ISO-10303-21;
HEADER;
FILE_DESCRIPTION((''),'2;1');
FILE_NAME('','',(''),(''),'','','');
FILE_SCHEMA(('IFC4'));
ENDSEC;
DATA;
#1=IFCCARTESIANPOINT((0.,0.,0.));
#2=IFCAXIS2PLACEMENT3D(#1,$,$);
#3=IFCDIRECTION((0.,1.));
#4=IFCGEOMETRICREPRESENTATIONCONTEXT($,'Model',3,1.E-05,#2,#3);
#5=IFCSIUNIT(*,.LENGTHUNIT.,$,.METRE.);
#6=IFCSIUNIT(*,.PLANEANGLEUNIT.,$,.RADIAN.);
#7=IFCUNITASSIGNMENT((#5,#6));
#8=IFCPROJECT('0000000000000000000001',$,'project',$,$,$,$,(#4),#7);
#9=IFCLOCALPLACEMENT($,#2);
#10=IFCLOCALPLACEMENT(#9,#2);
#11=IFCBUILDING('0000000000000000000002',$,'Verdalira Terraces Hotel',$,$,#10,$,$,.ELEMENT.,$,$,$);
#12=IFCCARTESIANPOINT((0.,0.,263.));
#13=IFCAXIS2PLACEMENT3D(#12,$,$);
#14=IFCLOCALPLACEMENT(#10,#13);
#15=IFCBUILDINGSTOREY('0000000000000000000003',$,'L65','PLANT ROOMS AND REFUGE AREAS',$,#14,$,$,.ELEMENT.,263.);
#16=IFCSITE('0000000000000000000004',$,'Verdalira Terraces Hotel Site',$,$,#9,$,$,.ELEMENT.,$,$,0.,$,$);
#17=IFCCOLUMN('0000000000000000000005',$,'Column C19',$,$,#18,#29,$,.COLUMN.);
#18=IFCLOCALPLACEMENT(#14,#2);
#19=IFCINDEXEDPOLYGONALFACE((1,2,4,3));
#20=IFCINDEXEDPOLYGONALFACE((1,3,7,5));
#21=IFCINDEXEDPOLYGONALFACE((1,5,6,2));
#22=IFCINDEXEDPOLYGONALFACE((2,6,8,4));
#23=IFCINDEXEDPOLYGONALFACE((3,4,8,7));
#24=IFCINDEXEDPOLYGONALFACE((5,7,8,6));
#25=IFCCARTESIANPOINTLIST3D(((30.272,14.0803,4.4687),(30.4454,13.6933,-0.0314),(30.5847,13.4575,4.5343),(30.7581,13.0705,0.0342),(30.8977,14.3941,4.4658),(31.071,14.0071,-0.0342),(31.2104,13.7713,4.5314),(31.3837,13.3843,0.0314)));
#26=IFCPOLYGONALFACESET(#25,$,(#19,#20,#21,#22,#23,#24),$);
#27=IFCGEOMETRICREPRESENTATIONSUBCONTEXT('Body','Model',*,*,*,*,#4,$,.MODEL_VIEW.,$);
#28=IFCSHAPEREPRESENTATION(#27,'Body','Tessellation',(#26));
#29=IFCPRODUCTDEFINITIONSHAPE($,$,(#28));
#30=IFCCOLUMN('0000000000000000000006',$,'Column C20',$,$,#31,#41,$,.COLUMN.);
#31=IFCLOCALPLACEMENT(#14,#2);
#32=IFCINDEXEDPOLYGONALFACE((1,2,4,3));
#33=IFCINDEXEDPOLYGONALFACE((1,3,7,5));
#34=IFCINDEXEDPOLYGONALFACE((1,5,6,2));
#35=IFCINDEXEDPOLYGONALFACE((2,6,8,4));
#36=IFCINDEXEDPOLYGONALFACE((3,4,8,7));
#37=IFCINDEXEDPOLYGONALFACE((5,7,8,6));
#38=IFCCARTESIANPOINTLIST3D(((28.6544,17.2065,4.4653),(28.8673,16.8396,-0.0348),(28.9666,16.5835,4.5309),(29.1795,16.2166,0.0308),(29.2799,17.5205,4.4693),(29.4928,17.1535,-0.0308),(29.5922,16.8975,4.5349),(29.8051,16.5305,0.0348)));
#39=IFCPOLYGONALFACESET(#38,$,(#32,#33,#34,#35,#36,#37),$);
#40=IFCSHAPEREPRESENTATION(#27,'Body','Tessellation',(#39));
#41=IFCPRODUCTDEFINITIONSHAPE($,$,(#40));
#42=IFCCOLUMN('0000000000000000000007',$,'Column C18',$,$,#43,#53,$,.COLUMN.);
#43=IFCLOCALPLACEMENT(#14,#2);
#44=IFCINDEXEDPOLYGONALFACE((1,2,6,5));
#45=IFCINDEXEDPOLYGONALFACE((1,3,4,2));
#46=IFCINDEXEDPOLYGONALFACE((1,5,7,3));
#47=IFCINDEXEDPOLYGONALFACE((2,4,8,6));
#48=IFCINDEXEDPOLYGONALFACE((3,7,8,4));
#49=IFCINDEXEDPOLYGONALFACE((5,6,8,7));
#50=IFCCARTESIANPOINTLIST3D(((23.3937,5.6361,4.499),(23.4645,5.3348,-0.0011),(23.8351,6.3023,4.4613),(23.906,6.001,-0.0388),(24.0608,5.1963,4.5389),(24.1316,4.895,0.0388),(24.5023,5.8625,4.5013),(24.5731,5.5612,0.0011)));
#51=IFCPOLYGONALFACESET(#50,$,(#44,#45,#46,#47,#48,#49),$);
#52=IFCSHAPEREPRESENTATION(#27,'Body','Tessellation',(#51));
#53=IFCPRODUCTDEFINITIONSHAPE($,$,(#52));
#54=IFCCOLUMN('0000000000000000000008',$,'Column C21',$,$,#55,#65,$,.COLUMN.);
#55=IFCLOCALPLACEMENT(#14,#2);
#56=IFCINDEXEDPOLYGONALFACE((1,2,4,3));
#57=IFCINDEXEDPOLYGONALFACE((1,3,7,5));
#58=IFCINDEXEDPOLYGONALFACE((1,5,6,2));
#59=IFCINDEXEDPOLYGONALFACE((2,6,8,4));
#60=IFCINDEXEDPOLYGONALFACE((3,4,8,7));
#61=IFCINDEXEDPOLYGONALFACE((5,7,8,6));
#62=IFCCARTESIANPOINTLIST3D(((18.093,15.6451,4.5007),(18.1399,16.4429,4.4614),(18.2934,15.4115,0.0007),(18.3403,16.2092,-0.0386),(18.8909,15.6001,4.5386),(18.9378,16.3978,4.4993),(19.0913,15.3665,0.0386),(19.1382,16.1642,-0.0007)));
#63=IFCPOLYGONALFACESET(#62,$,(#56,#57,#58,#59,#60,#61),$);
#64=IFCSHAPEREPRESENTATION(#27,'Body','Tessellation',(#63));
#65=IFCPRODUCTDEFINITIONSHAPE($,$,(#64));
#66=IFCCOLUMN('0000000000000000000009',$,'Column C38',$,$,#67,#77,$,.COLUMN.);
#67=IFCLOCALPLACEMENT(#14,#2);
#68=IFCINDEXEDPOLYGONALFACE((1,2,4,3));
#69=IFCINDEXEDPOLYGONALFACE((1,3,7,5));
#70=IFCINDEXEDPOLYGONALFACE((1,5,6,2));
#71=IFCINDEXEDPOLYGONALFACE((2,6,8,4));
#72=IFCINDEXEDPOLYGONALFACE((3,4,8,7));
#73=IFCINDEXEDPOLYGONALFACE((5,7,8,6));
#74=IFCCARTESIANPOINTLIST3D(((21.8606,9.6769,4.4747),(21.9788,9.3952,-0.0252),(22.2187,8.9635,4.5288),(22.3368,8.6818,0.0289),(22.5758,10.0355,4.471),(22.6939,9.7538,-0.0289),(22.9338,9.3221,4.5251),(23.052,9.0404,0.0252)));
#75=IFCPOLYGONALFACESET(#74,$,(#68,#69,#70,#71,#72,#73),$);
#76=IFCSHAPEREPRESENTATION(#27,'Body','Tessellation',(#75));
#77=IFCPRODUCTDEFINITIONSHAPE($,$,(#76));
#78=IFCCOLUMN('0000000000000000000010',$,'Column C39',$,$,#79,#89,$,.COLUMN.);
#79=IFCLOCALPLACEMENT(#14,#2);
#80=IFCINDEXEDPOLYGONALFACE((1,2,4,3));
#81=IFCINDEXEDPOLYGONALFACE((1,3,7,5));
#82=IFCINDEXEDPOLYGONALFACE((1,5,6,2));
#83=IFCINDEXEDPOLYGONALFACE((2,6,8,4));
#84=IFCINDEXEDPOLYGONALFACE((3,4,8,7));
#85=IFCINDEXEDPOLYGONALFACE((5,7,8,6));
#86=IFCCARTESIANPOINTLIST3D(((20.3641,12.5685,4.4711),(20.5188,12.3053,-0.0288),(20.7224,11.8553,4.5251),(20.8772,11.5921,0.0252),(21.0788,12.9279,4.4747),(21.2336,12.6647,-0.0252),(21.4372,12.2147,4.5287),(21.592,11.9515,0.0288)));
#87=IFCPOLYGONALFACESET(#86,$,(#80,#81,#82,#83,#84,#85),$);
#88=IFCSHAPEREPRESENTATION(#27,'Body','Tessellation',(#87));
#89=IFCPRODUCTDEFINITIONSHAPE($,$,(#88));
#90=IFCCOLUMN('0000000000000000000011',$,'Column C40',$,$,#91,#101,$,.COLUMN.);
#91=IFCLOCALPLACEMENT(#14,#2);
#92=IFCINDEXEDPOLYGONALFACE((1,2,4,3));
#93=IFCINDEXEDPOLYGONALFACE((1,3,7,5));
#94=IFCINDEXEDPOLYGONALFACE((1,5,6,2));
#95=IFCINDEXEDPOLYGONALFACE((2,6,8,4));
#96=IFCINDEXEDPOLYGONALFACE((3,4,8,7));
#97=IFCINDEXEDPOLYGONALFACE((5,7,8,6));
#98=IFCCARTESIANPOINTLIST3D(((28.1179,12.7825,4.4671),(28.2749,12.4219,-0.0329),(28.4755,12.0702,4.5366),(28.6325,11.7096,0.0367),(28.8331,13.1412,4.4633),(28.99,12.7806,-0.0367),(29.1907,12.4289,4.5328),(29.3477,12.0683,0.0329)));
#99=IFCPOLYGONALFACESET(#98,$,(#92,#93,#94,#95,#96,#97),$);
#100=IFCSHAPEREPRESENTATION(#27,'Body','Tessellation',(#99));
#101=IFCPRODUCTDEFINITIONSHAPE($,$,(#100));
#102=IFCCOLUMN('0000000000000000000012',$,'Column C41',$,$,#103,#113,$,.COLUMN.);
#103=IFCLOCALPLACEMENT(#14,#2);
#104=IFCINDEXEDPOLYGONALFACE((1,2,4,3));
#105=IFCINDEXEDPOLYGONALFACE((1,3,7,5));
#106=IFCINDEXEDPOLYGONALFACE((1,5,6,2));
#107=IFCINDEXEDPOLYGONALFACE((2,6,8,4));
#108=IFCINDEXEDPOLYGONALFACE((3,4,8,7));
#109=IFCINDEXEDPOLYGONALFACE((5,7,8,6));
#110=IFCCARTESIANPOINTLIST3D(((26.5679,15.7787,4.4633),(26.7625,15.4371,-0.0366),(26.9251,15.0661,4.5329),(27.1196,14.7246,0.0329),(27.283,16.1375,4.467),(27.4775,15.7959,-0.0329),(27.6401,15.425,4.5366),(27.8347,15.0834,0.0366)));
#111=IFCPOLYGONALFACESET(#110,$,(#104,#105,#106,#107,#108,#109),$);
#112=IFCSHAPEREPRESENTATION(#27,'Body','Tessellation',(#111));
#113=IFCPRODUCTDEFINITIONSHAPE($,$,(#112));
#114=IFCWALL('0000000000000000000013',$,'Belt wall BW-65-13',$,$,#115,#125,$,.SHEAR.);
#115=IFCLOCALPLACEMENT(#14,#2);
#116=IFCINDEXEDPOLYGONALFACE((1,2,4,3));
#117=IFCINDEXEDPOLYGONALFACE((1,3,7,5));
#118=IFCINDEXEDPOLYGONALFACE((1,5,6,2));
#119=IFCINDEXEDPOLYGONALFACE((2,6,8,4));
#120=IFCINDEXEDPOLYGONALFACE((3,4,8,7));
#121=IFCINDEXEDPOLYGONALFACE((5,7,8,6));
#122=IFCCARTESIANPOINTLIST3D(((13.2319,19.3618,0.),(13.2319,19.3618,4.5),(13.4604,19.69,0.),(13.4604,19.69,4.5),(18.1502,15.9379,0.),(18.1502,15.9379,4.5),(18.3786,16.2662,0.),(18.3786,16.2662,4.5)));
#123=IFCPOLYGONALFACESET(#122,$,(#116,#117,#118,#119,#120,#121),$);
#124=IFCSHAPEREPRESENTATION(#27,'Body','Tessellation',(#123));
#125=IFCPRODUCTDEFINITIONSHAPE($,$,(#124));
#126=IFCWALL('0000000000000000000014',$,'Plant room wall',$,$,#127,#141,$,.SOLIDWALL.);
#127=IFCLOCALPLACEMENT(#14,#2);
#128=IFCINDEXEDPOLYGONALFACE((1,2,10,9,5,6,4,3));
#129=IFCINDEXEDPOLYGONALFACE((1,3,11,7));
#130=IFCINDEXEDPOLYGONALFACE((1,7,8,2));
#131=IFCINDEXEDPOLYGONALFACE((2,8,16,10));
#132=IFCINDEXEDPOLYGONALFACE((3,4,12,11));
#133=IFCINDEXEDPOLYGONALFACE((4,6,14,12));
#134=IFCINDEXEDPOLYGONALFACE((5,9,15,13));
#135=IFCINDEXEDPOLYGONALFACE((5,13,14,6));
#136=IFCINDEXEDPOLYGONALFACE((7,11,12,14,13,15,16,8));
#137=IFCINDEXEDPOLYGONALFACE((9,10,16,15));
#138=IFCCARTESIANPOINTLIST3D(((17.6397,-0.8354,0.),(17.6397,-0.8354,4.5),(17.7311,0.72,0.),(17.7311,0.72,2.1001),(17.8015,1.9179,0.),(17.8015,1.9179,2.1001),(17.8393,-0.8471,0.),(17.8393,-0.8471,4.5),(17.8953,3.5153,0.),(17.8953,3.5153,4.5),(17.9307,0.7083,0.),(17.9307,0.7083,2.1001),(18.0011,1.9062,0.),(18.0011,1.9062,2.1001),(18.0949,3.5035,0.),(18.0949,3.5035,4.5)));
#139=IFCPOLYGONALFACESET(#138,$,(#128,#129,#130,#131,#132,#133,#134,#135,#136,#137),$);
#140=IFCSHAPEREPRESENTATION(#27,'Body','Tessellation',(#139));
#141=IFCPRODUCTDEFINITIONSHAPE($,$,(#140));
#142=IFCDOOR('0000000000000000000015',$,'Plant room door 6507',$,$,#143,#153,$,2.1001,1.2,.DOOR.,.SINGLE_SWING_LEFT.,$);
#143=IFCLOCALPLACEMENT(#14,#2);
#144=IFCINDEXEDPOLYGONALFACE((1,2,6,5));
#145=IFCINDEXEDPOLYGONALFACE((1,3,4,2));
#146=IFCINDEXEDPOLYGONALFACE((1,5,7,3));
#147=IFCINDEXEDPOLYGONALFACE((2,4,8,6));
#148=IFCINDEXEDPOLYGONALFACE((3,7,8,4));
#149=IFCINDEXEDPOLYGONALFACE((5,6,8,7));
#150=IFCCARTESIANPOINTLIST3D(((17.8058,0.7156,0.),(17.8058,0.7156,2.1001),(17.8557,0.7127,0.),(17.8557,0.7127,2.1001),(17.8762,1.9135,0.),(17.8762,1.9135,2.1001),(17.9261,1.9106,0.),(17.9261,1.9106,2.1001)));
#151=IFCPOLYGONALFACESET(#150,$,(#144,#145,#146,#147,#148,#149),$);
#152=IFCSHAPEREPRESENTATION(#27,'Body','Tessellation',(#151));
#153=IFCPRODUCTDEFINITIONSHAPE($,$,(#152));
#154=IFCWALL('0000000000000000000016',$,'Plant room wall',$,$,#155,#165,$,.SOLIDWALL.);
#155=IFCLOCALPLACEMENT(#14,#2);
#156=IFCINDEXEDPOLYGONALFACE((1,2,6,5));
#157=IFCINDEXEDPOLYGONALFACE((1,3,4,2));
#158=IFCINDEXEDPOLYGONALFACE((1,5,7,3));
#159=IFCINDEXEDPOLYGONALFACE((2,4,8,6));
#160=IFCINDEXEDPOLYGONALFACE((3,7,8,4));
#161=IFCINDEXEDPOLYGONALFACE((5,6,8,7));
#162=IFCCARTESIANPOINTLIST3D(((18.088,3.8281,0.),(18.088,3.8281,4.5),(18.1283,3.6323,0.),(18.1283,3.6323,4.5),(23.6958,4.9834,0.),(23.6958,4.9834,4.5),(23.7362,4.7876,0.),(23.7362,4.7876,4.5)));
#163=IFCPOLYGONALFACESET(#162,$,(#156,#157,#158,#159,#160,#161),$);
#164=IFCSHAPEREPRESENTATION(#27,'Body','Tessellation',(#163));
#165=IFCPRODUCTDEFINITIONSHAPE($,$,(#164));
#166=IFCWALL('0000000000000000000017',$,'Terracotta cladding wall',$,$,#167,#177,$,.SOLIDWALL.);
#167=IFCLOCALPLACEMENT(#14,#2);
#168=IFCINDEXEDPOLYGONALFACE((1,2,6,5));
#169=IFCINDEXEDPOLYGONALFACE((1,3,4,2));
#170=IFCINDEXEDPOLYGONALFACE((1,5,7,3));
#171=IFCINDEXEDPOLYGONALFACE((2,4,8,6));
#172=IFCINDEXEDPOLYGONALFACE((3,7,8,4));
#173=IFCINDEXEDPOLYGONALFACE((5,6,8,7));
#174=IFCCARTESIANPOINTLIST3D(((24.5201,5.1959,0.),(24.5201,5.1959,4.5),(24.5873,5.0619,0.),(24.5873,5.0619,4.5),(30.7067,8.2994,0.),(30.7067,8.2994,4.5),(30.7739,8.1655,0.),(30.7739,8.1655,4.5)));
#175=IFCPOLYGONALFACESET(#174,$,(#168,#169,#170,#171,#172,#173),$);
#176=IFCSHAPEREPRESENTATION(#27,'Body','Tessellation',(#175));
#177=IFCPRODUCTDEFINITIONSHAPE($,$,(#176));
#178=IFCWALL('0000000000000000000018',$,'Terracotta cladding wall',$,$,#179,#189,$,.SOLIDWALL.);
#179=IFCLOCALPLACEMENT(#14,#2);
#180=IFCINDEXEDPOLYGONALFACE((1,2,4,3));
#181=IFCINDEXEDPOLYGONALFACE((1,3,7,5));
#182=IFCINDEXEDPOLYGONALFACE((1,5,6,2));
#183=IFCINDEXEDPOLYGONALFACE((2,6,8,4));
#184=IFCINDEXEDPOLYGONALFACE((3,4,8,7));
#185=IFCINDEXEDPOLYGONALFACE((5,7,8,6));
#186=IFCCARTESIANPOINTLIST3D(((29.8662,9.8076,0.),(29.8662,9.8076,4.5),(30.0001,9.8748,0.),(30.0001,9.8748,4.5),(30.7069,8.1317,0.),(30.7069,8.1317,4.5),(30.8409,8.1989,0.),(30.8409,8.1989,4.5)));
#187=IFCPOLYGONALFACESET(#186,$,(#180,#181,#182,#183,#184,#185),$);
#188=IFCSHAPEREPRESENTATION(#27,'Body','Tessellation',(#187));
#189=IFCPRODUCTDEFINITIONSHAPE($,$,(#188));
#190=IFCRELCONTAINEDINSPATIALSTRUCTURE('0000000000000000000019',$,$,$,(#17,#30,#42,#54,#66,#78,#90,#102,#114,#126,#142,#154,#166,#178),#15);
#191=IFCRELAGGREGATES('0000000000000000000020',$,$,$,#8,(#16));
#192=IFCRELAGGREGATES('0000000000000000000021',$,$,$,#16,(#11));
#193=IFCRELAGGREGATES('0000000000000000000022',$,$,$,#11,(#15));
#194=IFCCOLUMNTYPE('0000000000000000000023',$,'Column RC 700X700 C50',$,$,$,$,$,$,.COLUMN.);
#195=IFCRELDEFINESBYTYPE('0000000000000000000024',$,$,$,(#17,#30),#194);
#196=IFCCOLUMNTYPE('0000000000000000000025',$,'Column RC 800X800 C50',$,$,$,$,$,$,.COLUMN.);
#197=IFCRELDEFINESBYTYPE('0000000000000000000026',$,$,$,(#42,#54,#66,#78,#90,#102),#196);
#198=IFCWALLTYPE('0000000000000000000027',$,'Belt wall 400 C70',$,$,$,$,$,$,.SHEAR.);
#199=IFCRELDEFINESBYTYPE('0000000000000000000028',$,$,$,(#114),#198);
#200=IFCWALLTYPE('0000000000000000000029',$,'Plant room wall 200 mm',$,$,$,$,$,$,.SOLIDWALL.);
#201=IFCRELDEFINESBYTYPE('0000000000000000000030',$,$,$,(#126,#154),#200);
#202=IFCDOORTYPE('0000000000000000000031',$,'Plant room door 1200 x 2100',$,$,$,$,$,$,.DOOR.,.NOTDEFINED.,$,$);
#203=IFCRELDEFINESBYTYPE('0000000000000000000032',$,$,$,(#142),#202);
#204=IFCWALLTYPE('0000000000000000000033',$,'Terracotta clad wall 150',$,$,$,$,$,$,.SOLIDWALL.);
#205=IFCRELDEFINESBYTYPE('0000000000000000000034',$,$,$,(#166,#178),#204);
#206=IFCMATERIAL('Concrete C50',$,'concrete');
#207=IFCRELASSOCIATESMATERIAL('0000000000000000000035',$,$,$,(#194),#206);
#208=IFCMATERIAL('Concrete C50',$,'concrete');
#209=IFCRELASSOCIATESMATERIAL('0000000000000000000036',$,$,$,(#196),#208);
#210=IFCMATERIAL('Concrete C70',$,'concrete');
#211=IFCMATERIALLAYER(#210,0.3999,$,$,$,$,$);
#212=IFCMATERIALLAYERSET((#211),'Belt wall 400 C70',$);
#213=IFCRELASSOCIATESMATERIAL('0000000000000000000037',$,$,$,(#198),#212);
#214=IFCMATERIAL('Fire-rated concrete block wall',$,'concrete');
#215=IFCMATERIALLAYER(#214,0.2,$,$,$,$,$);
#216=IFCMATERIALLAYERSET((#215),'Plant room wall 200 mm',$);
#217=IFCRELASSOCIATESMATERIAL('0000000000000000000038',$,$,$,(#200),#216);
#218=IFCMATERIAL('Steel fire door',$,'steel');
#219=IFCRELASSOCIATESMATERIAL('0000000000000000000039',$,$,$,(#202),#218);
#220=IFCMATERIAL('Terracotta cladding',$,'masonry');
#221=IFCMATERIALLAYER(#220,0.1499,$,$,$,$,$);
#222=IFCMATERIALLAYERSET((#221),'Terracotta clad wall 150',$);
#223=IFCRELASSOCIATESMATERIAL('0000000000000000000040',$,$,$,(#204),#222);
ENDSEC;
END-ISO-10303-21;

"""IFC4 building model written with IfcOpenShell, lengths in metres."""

from ifc_helpers import new_model, si_unit, direction, frame, frame_2d, origin, origin_2d, place, context, subcontext, project, spatial, rectangle, extrude, material, layer, layer_set, material_profile, profile_set, type_object, element, fill, save


model = new_model("IFC4")

# Units and contexts
model_context = context("Model", 3, precision=1e-05, world=origin(), true_north=direction((0.0, 1.0)))
body_context = subcontext(model_context, "Body", "Model", "MODEL_VIEW")
ifc_project = project(units=[si_unit("LENGTHUNIT", "METRE"), si_unit("PLANEANGLEUNIT", "RADIAN")], contexts=[model_context])

# Site, building, storey
site_placement = place(None, origin())
site = spatial("IfcSite", under=ifc_project, at=site_placement, Name="Verdalira Terraces Hotel Site", CompositionType="ELEMENT", RefElevation=0.0)
building_placement = place(site_placement, origin())
building = spatial("IfcBuilding", under=site, at=building_placement, Name="Verdalira Terraces Hotel", CompositionType="ELEMENT")
storey_placement = place(building_placement, frame((0.0, 0.0, 263.0)))
storey = spatial("IfcBuildingStorey", under=building, at=storey_placement, Name="L65", Description="PLANT ROOMS AND REFUGE AREAS", CompositionType="ELEMENT", Elevation=263.0)

# Columns
ifc_material_1 = material(Name="Concrete C50", Category="concrete")
ifc_material_profile_1 = material_profile(ifc_material_1, rectangle(XDim=0.7, YDim=0.7, at=origin_2d()), Name="RC 700X700")
ifc_profile_set_1 = profile_set([ifc_material_profile_1], Name="Concrete C50")
column_type_1 = type_object("IfcColumnType", Name="Column RC 700X700 C50", PredefinedType="COLUMN", material=ifc_profile_set_1)
for number, where, z_axis, x_axis, name in (
    (1, (30.9146, 13.5388, 0.0), (-0.03835, 0.085613, 0.99559), (-0.446744, 0.88974, -0.093719), "Column C19"),
    (2, (29.3362, 16.6851, 0.0), (-0.0471, 0.081183, 0.995586), (-0.446118, 0.890057, -0.093683), "Column C20"),
):
    element("IfcColumn", number, at=place(storey_placement, frame(where, z_axis=z_axis, x_axis=x_axis)), inside=storey, type_object=column_type_1, Name=name, PredefinedType="COLUMN", context=body_context, shape_type="SweptSolid", body=[
        extrude(rectangle(XDim=0.7, YDim=0.7, at=origin_2d()), origin(), (0.0, 0.0, 1.0), 4.52),
    ])
ifc_material_2 = material(Name="Concrete C50", Category="concrete")
ifc_material_profile_2 = material_profile(ifc_material_2, rectangle(XDim=0.8, YDim=0.8, at=origin_2d()), Name="RC 800X800")
ifc_profile_set_2 = profile_set([ifc_material_profile_2], Name="Concrete C50")
column_type_2 = type_object("IfcColumnType", Name="Column RC 800X800 C50", PredefinedType="COLUMN", material=ifc_profile_set_2)
column_1_placement = place(storey_placement, frame((24.0188, 5.448, 0.0), z_axis=(-0.015696, 0.066791, 0.997644), x_axis=(-0.551757, -0.832676, 0.047066)))
element("IfcColumn", 3, at=column_1_placement, inside=storey, type_object=column_type_2, Name="Column C18", PredefinedType="COLUMN", context=body_context, shape_type="SweptSolid", body=[
    extrude(rectangle(XDim=0.8, YDim=0.8, at=origin_2d()), origin(), (0.0, 0.0, 1.0), 4.5107),
])
column_2_placement = place(storey_placement, frame((18.7158, 15.7878, 0.0), z_axis=(-0.044438, 0.0518, 0.997668), x_axis=(0.997292, -0.056282, 0.047344)))
element("IfcColumn", 4, at=column_2_placement, inside=storey, type_object=column_type_2, Name="Column C21", PredefinedType="COLUMN", context=body_context, shape_type="SweptSolid", body=[
    extrude(rectangle(XDim=0.8, YDim=0.8, at=origin_2d()), origin(), (0.0, 0.0, 1.0), 4.5105),
])
for number, where, z_axis, x_axis, name in (
    (5, (22.5154, 9.2178, 0.0), (-0.026198, 0.062465, 0.997703), (0.893895, 0.448254, -0.004592), "Column C38"),
    (6, (21.0554, 12.1284, 0.0), (-0.034318, 0.058351, 0.997706), (0.8934, 0.44924, 0.004456), "Column C39"),
):
    element("IfcColumn", number, at=place(storey_placement, frame(where, z_axis=z_axis, x_axis=x_axis)), inside=storey, type_object=column_type_2, Name=name, PredefinedType="COLUMN", context=body_context, shape_type="SweptSolid", body=[
        extrude(rectangle(XDim=0.8, YDim=0.8, at=origin_2d()), origin(), (0.0, 0.0, 1.0), 4.5103),
    ])
for number, where, z_axis, x_axis, name in (
    (7, (28.8113, 12.2451, 0.0), (-0.034753, 0.079828, 0.996203), (0.893862, 0.448317, -0.004742), "Column C40"),
    (8, (27.2986, 15.2603, 0.0), (-0.043076, 0.075613, 0.996206), (0.893776, 0.44849, 0.004606), "Column C41"),
):
    element("IfcColumn", number, at=place(storey_placement, frame(where, z_axis=z_axis, x_axis=x_axis)), inside=storey, type_object=column_type_2, Name=name, PredefinedType="COLUMN", context=body_context, shape_type="SweptSolid", body=[
        extrude(rectangle(XDim=0.8, YDim=0.8, at=origin_2d()), origin(), (0.0, 0.0, 1.0), 4.5171),
    ])

# Wall
ifc_material_3 = material(Name="Concrete C70", Category="concrete")
ifc_layer_1 = layer(ifc_material_3, 0.3999)
ifc_layer_set_1 = layer_set([ifc_layer_1], Name="Belt wall 400 C70")
wall_type_1 = type_object("IfcWallType", Name="Belt wall 400 C70", PredefinedType="SHEAR", material=ifc_layer_set_1)
wall_1_placement = place(storey_placement, frame((18.2644, 16.1021, 0.0), z_axis=(0.0, 0.0, 1.0), x_axis=(-0.820713, 0.571341, 0.0)))
element("IfcWall", 9, at=wall_1_placement, inside=storey, type_object=wall_type_1, Name="Belt wall BW-65-13", PredefinedType="SHEAR", context=body_context, shape_type="SweptSolid", body=[
    extrude(rectangle(XDim=5.9927, YDim=0.3999, at=frame_2d((2.9963, 0.0))), origin(), (0.0, 0.0, 1.0), 4.5),
])

# Wall, opening, door
ifc_material_4 = material(Name="Fire-rated concrete block wall", Category="concrete")
ifc_layer_2 = layer(ifc_material_4, 0.2)
ifc_layer_set_2 = layer_set([ifc_layer_2], Name="Plant room wall 200 mm")
wall_type_2 = type_object("IfcWallType", Name="Plant room wall 200 mm", PredefinedType="SOLIDWALL", material=ifc_layer_set_2)
wall_2_placement = place(storey_placement, frame((17.9951, 3.5095, 0.0), z_axis=(0.0, 0.0, 1.0), x_axis=(-0.058653, -0.998278, 0.0)))
wall_2 = element("IfcWall", 10, at=wall_2_placement, inside=storey, type_object=wall_type_2, Name="Plant room wall", PredefinedType="SOLIDWALL", context=body_context, shape_type="SweptSolid", body=[
    extrude(rectangle(XDim=4.3582, YDim=0.2, at=frame_2d((2.1792, 0.0))), origin(), (0.0, 0.0, 1.0), 4.5),
])
opening_placement = place(wall_2_placement, frame((1.6001, 0.0, 0.0)))
opening = element("IfcOpeningElement", 11, at=opening_placement, cuts=wall_2, PredefinedType="OPENING", context=body_context, shape_type="SweptSolid", body=[
    extrude(rectangle(XDim=1.2, YDim=2.1001, at=frame_2d((0.6001, 1.05))), frame((0.0, 0.1099, 0.0), z_axis=(0.0, -1.0, 0.0), x_axis=(1.0, 0.0, 0.0)), (0.0, 0.0, 1.0), 0.22),
])
ifc_material_5 = material(Name="Steel fire door", Category="steel")
door_type = type_object("IfcDoorType", Name="Plant room door 1200 x 2100", OperationType="NOTDEFINED", PredefinedType="DOOR", material=ifc_material_5)
door_placement = place(opening_placement, origin())
door = element("IfcDoor", 12, at=door_placement, inside=storey, type_object=door_type, Name="Plant room door 6507", OperationType="SINGLE_SWING_LEFT", OverallHeight=2.1001, OverallWidth=1.2, PredefinedType="DOOR", context=body_context, shape_type="SweptSolid", body=[
    extrude(rectangle(XDim=1.2, YDim=2.1001, at=frame_2d((0.6001, 1.05))), frame((0.0, 0.0249, 0.0), z_axis=(0.0, -1.0, 0.0), x_axis=(1.0, 0.0, 0.0)), (0.0, 0.0, 1.0), 0.05),
])
fill(opening, door)

# Walls
wall_3_placement = place(storey_placement, frame((18.1082, 3.7302, 0.0), z_axis=(0.0, 0.0, 1.0), x_axis=(0.979433, 0.201771, 0.0)))
element("IfcWall", 13, at=wall_3_placement, inside=storey, type_object=wall_type_2, Name="Plant room wall", PredefinedType="SOLIDWALL", context=body_context, shape_type="SweptSolid", body=[
    extrude(rectangle(XDim=5.7256, YDim=0.2, at=frame_2d((2.8628, 0.0))), origin(), (0.0, 0.0, 1.0), 4.5),
])
ifc_material_6 = material(Name="Terracotta cladding", Category="masonry")
ifc_layer_3 = layer(ifc_material_6, 0.1499)
ifc_layer_set_3 = layer_set([ifc_layer_3], Name="Terracotta clad wall 150")
wall_type_3 = type_object("IfcWallType", Name="Terracotta clad wall 150", PredefinedType="SOLIDWALL", material=ifc_layer_set_3)
wall_4_placement = place(storey_placement, frame((24.5537, 5.1289, 0.0), z_axis=(0.0, 0.0, 1.0), x_axis=(0.893834, 0.448398, 0.0)))
element("IfcWall", 14, at=wall_4_placement, inside=storey, type_object=wall_type_3, Name="Terracotta cladding wall", PredefinedType="SOLIDWALL", context=body_context, shape_type="SweptSolid", body=[
    extrude(rectangle(XDim=6.9214, YDim=0.1499, at=frame_2d((3.4607, 0.0))), origin(), (0.0, 0.0, 1.0), 4.5),
])
wall_5_placement = place(storey_placement, frame((30.7739, 8.1653, 0.0), z_axis=(0.0, 0.0, 1.0), x_axis=(-0.448411, 0.893827, 0.0)))
element("IfcWall", 15, at=wall_5_placement, inside=storey, type_object=wall_type_3, Name="Terracotta cladding wall", PredefinedType="SOLIDWALL", context=body_context, shape_type="SweptSolid", body=[
    extrude(rectangle(XDim=1.875, YDim=0.1499, at=frame_2d((0.9375, 0.0))), origin(), (0.0, 0.0, 1.0), 4.5),
])

save(model, "model.ifc")
